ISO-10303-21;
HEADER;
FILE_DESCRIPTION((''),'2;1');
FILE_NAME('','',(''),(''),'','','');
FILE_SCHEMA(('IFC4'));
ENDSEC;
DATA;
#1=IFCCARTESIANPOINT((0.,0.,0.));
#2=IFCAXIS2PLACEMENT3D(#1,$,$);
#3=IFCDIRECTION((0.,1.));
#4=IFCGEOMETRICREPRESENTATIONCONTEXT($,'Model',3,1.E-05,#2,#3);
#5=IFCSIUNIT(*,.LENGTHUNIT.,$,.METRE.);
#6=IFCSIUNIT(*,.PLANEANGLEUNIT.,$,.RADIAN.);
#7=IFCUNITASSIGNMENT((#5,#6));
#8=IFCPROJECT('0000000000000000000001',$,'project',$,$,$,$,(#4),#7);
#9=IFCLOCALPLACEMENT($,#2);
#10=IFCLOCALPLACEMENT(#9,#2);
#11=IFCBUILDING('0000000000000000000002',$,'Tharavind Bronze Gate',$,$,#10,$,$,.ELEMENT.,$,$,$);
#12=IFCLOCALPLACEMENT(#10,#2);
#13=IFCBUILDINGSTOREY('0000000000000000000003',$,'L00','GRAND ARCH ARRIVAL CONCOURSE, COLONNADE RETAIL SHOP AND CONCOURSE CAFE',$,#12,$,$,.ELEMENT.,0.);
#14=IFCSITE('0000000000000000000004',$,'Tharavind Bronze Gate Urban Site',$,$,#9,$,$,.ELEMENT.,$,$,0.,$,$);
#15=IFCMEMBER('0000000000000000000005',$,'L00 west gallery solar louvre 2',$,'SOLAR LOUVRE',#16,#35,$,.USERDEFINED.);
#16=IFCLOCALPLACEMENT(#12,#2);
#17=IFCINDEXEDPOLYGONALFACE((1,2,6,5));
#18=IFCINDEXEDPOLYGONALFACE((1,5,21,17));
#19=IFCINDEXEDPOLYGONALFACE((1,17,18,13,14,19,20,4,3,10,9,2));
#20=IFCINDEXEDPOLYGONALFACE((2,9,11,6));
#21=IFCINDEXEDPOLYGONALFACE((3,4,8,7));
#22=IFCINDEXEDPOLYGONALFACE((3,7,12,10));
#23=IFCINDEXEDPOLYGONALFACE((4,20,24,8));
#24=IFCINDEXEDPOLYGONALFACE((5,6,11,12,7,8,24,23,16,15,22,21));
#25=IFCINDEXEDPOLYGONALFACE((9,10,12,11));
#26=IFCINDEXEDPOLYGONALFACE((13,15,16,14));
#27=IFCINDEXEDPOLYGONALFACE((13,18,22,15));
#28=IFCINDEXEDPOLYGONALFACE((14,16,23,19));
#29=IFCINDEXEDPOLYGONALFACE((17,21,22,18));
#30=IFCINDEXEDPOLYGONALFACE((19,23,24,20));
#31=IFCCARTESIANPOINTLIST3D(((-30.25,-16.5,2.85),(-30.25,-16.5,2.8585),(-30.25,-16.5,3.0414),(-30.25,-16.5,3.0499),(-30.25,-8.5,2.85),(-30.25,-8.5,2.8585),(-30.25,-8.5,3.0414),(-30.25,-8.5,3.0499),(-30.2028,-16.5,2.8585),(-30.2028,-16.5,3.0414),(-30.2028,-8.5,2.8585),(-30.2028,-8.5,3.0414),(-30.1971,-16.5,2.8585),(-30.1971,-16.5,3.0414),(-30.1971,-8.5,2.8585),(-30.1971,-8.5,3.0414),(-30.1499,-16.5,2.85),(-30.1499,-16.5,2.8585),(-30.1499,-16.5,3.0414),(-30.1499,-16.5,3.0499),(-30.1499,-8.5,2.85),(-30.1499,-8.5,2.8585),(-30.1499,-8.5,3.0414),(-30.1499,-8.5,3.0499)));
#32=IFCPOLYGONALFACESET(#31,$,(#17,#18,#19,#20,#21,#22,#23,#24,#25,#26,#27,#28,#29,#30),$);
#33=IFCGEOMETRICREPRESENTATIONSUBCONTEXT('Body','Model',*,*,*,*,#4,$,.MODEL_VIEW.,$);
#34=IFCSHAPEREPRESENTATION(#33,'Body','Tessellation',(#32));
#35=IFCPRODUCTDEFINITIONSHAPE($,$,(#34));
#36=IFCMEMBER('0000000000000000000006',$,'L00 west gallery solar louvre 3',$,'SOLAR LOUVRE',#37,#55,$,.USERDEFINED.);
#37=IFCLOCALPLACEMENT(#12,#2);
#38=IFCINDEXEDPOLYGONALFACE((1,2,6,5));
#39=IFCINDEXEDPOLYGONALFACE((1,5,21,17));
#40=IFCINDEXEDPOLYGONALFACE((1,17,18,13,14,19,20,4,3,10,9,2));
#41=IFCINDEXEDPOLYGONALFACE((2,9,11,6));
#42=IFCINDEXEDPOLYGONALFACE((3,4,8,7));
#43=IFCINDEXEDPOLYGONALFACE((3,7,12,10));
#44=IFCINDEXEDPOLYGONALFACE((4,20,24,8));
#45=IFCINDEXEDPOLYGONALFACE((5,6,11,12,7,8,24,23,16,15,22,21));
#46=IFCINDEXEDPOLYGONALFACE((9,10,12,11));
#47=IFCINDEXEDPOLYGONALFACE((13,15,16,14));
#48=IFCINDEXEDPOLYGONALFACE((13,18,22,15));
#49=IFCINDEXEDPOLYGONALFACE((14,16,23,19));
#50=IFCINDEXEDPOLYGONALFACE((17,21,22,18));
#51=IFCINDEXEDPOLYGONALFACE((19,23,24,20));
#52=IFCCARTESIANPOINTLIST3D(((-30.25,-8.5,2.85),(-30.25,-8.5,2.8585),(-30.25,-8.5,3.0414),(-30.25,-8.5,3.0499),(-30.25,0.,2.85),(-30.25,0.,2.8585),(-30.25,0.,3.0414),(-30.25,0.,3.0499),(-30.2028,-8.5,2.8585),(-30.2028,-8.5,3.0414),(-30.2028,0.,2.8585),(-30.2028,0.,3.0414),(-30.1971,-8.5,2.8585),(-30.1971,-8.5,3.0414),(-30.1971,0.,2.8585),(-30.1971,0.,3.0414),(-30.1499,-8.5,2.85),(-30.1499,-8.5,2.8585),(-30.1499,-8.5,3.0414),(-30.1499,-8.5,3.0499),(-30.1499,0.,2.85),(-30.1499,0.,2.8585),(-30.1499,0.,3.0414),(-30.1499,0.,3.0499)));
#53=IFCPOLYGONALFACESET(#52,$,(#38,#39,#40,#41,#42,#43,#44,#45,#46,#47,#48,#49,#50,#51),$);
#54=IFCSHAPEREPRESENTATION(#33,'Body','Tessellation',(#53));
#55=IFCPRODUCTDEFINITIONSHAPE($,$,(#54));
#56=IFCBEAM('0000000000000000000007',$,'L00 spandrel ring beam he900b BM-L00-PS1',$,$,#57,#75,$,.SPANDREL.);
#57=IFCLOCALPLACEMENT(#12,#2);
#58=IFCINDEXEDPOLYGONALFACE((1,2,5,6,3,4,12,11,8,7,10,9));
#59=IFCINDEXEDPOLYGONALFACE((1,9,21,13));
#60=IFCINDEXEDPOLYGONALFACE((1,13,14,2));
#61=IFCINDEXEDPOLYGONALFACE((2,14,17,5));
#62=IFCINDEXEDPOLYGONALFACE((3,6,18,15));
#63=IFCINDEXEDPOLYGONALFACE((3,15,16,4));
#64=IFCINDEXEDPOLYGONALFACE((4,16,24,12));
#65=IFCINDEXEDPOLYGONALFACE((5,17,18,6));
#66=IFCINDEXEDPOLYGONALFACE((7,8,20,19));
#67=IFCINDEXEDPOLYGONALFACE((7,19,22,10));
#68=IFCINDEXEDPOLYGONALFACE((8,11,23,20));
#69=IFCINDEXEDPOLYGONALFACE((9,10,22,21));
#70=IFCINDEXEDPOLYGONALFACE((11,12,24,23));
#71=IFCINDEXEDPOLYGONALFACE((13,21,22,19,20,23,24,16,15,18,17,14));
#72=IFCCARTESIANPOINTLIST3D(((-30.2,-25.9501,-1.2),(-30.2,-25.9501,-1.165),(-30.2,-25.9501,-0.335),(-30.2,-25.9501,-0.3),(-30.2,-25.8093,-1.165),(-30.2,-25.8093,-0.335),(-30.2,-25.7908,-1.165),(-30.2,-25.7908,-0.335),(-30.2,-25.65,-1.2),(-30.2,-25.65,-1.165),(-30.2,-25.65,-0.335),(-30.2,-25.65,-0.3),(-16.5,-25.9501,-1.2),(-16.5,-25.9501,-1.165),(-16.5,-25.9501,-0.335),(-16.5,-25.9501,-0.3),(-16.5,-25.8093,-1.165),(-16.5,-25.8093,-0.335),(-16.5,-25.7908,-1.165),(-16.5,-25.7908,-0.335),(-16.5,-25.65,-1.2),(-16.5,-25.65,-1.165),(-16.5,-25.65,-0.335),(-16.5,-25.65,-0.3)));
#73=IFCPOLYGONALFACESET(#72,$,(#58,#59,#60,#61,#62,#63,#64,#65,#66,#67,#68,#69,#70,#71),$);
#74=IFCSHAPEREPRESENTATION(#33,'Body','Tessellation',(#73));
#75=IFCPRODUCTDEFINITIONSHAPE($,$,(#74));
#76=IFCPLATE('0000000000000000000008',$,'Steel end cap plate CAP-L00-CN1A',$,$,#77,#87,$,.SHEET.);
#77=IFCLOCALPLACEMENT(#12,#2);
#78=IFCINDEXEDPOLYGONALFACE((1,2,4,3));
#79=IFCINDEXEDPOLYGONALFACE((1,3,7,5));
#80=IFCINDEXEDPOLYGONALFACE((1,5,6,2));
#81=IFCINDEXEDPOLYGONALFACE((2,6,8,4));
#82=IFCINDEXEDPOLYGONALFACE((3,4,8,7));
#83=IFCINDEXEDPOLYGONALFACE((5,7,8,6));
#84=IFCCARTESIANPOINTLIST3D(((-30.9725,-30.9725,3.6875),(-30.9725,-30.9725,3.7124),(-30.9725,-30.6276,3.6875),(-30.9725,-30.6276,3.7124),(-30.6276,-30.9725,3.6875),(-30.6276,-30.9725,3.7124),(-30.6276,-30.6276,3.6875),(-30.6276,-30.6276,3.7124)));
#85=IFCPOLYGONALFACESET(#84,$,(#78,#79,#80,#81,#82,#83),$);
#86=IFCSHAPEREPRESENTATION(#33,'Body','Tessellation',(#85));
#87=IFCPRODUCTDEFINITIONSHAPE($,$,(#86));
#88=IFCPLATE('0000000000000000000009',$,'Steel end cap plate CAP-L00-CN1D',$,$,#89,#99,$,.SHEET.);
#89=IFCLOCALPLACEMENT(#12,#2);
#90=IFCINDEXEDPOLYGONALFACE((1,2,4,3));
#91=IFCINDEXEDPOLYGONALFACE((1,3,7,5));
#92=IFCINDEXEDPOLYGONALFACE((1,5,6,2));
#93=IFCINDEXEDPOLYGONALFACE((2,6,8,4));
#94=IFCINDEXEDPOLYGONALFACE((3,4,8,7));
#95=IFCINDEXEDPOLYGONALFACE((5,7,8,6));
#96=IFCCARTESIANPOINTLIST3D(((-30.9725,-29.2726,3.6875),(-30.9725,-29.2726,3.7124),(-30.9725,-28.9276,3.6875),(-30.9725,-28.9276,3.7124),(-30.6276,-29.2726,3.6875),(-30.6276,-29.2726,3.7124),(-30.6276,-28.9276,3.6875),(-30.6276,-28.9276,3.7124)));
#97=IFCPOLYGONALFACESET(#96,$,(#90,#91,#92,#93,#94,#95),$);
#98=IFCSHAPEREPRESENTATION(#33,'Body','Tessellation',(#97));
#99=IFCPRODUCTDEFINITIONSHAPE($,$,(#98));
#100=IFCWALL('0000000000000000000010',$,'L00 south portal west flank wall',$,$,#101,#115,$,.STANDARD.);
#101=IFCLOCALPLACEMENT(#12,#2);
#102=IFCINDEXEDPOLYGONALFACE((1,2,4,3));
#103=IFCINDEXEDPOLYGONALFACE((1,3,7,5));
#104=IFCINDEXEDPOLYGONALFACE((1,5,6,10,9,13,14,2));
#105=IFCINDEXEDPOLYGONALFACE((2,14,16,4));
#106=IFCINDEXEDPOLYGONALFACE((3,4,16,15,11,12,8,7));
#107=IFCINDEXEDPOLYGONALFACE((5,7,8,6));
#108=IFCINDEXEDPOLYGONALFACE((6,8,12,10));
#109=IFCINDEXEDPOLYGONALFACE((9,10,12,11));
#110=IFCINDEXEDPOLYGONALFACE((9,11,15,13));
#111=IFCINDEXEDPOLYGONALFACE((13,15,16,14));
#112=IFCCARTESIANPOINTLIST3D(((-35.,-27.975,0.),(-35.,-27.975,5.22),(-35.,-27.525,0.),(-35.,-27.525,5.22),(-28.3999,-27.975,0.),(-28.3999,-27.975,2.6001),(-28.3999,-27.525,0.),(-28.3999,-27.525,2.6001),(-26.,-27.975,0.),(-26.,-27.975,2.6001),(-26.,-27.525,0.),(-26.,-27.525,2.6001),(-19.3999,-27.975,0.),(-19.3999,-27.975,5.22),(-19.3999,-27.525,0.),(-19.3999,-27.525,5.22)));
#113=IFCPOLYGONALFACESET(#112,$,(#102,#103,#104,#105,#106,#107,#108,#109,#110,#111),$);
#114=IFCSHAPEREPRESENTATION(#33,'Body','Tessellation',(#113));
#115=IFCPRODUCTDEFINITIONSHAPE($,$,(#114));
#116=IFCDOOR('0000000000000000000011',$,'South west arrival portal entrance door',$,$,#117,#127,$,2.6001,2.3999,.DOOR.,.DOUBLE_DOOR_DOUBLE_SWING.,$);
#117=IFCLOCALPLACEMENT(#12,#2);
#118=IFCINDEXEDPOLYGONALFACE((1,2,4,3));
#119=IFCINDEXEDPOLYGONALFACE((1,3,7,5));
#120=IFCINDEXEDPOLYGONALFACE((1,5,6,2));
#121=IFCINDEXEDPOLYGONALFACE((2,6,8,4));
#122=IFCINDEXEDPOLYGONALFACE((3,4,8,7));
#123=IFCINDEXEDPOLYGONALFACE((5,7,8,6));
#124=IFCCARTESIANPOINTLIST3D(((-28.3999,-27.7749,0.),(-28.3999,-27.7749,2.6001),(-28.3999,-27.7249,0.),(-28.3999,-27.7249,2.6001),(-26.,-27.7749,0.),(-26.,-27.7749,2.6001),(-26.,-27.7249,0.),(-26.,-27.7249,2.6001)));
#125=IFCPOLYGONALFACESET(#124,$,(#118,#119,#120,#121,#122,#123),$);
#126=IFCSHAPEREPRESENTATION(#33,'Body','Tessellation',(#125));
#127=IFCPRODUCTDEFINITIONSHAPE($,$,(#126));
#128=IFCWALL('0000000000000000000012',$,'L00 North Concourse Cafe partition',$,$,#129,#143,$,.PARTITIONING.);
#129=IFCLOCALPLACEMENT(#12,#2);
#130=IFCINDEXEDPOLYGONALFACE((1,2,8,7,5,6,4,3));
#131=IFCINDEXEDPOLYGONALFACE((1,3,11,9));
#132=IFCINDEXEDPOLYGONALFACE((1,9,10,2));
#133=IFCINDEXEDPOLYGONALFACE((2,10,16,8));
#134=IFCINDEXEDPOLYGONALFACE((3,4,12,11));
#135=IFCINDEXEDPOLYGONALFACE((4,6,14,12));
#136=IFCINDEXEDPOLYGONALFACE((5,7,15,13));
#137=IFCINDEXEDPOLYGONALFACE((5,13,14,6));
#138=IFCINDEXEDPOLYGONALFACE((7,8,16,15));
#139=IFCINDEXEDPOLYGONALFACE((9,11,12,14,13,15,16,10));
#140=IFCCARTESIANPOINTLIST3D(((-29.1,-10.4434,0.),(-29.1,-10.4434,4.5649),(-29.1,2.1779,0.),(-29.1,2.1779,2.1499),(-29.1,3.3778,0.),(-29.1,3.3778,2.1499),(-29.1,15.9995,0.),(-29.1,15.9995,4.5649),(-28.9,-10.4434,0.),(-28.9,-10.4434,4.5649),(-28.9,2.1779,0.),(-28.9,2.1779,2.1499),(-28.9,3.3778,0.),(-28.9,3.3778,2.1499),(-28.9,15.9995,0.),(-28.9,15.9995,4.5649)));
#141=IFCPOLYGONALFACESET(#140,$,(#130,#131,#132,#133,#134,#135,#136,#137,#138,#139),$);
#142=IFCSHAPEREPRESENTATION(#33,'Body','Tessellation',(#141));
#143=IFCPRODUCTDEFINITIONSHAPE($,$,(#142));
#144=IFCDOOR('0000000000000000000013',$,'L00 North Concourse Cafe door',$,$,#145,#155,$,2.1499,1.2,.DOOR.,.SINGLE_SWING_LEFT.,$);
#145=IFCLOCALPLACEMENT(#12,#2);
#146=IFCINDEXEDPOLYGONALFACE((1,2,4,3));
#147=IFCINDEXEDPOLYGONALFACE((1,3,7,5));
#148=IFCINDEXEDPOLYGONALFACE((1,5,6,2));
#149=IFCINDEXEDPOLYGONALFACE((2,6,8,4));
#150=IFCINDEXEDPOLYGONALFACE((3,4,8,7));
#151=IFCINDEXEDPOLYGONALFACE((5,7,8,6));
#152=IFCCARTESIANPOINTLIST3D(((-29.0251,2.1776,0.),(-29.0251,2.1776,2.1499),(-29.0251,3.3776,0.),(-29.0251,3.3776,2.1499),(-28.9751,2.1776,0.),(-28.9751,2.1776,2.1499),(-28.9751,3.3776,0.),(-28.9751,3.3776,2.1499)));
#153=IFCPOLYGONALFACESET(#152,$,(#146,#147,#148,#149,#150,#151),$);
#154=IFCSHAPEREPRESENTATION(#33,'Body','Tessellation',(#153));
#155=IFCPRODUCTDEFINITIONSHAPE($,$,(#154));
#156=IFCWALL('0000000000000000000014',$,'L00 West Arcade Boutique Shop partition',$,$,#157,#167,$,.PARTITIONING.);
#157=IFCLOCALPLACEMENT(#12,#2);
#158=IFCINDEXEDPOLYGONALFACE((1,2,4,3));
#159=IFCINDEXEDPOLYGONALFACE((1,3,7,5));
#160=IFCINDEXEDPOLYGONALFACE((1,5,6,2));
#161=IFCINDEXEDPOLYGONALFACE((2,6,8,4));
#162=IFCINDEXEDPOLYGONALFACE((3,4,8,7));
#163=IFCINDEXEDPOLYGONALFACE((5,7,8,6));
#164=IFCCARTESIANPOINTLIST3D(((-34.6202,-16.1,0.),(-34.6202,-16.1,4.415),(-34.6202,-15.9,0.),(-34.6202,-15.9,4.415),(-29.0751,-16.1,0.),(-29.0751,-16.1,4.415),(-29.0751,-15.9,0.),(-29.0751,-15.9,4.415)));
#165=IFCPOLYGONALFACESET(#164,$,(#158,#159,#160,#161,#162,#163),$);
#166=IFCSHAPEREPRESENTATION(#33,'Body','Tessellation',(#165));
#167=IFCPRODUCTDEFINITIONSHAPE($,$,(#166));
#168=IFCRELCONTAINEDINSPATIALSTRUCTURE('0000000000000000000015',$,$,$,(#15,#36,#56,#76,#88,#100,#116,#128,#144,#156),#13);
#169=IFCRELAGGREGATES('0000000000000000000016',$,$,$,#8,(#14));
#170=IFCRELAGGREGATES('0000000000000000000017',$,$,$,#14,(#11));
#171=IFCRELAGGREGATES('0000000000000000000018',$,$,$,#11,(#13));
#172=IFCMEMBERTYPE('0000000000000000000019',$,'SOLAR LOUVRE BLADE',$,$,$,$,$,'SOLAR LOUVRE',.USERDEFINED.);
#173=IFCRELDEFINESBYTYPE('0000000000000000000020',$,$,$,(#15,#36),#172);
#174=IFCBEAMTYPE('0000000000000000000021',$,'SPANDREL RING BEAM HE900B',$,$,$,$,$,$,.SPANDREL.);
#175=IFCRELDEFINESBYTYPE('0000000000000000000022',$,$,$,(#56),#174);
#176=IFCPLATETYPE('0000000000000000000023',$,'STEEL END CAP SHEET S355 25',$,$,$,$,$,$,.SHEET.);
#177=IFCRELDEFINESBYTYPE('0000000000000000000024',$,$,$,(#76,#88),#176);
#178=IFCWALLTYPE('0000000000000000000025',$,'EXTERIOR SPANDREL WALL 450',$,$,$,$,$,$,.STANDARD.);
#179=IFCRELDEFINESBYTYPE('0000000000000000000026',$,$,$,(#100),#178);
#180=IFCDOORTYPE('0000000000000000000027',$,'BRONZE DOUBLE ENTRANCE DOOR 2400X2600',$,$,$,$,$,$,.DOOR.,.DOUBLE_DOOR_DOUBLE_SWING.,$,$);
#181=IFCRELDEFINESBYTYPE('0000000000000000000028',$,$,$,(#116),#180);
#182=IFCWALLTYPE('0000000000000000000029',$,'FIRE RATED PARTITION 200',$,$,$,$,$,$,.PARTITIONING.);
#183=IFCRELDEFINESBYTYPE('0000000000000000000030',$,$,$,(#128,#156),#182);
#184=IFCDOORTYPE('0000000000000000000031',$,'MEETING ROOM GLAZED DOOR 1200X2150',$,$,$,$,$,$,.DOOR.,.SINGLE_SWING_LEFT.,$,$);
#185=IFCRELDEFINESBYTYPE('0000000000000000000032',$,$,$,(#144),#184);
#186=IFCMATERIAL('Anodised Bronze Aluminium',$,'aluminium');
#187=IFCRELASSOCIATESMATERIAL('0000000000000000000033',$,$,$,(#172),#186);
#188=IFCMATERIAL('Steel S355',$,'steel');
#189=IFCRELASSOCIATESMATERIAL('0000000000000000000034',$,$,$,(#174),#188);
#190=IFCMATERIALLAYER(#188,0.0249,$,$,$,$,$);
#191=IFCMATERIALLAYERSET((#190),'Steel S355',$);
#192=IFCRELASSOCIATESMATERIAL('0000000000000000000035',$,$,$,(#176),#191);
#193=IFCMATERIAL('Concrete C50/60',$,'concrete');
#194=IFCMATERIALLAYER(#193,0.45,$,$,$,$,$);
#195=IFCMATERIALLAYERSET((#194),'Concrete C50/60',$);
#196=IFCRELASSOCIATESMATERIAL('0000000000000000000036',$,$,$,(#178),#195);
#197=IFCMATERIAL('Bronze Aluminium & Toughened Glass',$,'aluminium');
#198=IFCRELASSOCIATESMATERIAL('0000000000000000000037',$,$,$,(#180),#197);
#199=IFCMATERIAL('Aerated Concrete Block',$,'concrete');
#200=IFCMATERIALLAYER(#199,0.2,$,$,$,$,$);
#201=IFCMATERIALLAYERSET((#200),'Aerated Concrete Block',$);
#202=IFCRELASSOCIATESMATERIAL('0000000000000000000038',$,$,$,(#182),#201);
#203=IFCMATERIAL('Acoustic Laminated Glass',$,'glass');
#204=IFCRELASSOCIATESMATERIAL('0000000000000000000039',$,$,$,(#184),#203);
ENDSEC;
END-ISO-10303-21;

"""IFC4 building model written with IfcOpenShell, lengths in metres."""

from ifc_helpers import new_model, si_unit, direction, frame, frame_2d, origin, origin_2d, place, context, subcontext, project, spatial, rectangle, i_section, extrude, material, layer, layer_set, material_profile, profile_set, type_object, element, fill, save


model = new_model("IFC4")

# Units and contexts
model_context = context("Model", 3, precision=1e-05, world=origin(), true_north=direction((0.0, 1.0)))
body_context = subcontext(model_context, "Body", "Model", "MODEL_VIEW")
ifc_project = project(units=[si_unit("LENGTHUNIT", "METRE"), si_unit("PLANEANGLEUNIT", "RADIAN")], contexts=[model_context])

# Site, building, storey
site_placement = place(None, origin())
site = spatial("IfcSite", under=ifc_project, at=site_placement, Name="Tharavind Bronze Gate Urban Site", CompositionType="ELEMENT", RefElevation=0.0)
building_placement = place(site_placement, origin())
building = spatial("IfcBuilding", under=site, at=building_placement, Name="Tharavind Bronze Gate", CompositionType="ELEMENT")
storey_placement = place(building_placement, origin())
storey = spatial("IfcBuildingStorey", under=building, at=storey_placement, Name="L00", Description="GRAND ARCH ARRIVAL CONCOURSE, COLONNADE RETAIL SHOP AND CONCOURSE CAFE", CompositionType="ELEMENT", Elevation=0.0)

# Shared definitions
ifc_material_1 = material(Name="Steel S355", Category="steel")

# Members
ifc_material_2 = material(Name="Anodised Bronze Aluminium", Category="aluminium")
ifc_material_profile_1 = material_profile(ifc_material_2, i_section(OverallWidth=0.1001, OverallDepth=0.2, WebThickness=0.0056, FlangeThickness=0.0085, at=origin_2d()), Name="IPE200")
ifc_profile_set_1 = profile_set([ifc_material_profile_1], Name="Anodised Bronze Aluminium")
member_type_1 = type_object("IfcMemberType", Name="SOLAR LOUVRE BLADE", ElementType="SOLAR LOUVRE", PredefinedType="USERDEFINED", material=ifc_profile_set_1)
member_1_placement = place(storey_placement, frame((-30.2, -16.5, 2.95), z_axis=(0.0, 1.0, 0.0), x_axis=(-1.0, 0.0, 0.0)))
element("IfcMember", 1, at=member_1_placement, inside=storey, type_object=member_type_1, Name="L00 west gallery solar louvre 2", ObjectType="SOLAR LOUVRE", PredefinedType="USERDEFINED", context=body_context, shape_type="SweptSolid", body=[
    extrude(i_section(OverallWidth=0.1001, OverallDepth=0.2, WebThickness=0.0056, FlangeThickness=0.0085, at=origin_2d()), origin(), (0.0, 0.0, 1.0), 8.0),
])
member_2_placement = place(storey_placement, frame((-30.2, -8.5, 2.95), z_axis=(0.0, 1.0, 0.0), x_axis=(-1.0, 0.0, 0.0)))
element("IfcMember", 2, at=member_2_placement, inside=storey, type_object=member_type_1, Name="L00 west gallery solar louvre 3", ObjectType="SOLAR LOUVRE", PredefinedType="USERDEFINED", context=body_context, shape_type="SweptSolid", body=[
    extrude(i_section(OverallWidth=0.1001, OverallDepth=0.2, WebThickness=0.0056, FlangeThickness=0.0085, at=origin_2d()), origin(), (0.0, 0.0, 1.0), 8.5),
])

# Beam
ifc_material_profile_2 = material_profile(ifc_material_1, i_section(OverallWidth=0.3, OverallDepth=0.8999, WebThickness=0.0186, FlangeThickness=0.0349, at=origin_2d()), Name="HE900B")
ifc_profile_set_2 = profile_set([ifc_material_profile_2], Name="Steel S355")
beam_type_1 = type_object("IfcBeamType", Name="SPANDREL RING BEAM HE900B", PredefinedType="SPANDREL", material=ifc_profile_set_2)
beam_1_placement = place(storey_placement, frame((-30.2, -25.8, -0.75), z_axis=(1.0, 0.0, 0.0), x_axis=(0.0, 1.0, 0.0)))
element("IfcBeam", 3, at=beam_1_placement, inside=storey, type_object=beam_type_1, Name="L00 spandrel ring beam he900b BM-L00-PS1", PredefinedType="SPANDREL", context=body_context, shape_type="SweptSolid", body=[
    extrude(i_section(OverallWidth=0.3, OverallDepth=0.8999, WebThickness=0.0186, FlangeThickness=0.0349, at=origin_2d()), origin(), (0.0, 0.0, 1.0), 13.7),
])

# Plates
ifc_layer_1 = layer(ifc_material_1, 0.0249)
ifc_layer_set_1 = layer_set([ifc_layer_1], Name="Steel S355")
plate_type = type_object("IfcPlateType", Name="STEEL END CAP SHEET S355 25", PredefinedType="SHEET", material=ifc_layer_set_1)
for number, where, z_axis, x_axis, name in (
    (4, (-30.8, -30.8, 3.6875), (0.0, 0.0, 1.0), (1.0, 0.0, 0.0), "Steel end cap plate CAP-L00-CN1A"),
    (5, (-30.8, -29.1001, 3.6875), (0.0, 0.0, 1.0), (1.0, 0.0, 0.0), "Steel end cap plate CAP-L00-CN1D"),
):
    element("IfcPlate", number, at=place(storey_placement, frame(where, z_axis=z_axis, x_axis=x_axis)), inside=storey, type_object=plate_type, Name=name, PredefinedType="SHEET", context=body_context, shape_type="SweptSolid", body=[
        extrude(rectangle(XDim=0.345, YDim=0.345, at=origin_2d()), origin(), (0.0, 0.0, 1.0), 0.0249),
    ])

# Walls, openings, doors
ifc_material_3 = material(Name="Concrete C50/60", Category="concrete")
ifc_layer_2 = layer(ifc_material_3, 0.45)
ifc_layer_set_2 = layer_set([ifc_layer_2], Name="Concrete C50/60")
wall_type_1 = type_object("IfcWallType", Name="EXTERIOR SPANDREL WALL 450", PredefinedType="STANDARD", material=ifc_layer_set_2)
wall_1_placement = place(storey_placement, frame((-35.0, -27.75, 0.0), z_axis=(0.0, 0.0, 1.0), x_axis=(1.0, 0.0, 0.0)))
wall_1 = element("IfcWall", 6, at=wall_1_placement, inside=storey, type_object=wall_type_1, Name="L00 south portal west flank wall", PredefinedType="STANDARD", context=body_context, shape_type="SweptSolid", body=[
    extrude(rectangle(XDim=15.6001, YDim=0.45, at=frame_2d((7.8, 0.0))), origin(), (0.0, 0.0, 1.0), 5.22),
])
opening_1_placement = place(wall_1_placement, frame((6.6001, 0.0, 0.0)))
opening_1 = element("IfcOpeningElement", 7, at=opening_1_placement, cuts=wall_1, PredefinedType="OPENING", context=body_context, shape_type="SweptSolid", body=[
    extrude(rectangle(XDim=2.3999, YDim=2.6001, at=frame_2d((1.2, 1.3))), frame((0.0, 0.2351, 0.0), z_axis=(0.0, -1.0, 0.0), x_axis=(1.0, 0.0, 0.0)), (0.0, 0.0, 1.0), 0.47),
])
ifc_material_4 = material(Name="Bronze Aluminium & Toughened Glass", Category="aluminium")
door_type_1 = type_object("IfcDoorType", Name="BRONZE DOUBLE ENTRANCE DOOR 2400X2600", OperationType="DOUBLE_DOOR_DOUBLE_SWING", PredefinedType="DOOR", material=ifc_material_4)
door_1_placement = place(opening_1_placement, frame((2.3999, 0.0, 0.0), z_axis=(0.0, 0.0, 1.0), x_axis=(-1.0, 0.0, 0.0)))
door_1 = element("IfcDoor", 8, at=door_1_placement, inside=storey, type_object=door_type_1, Name="South west arrival portal entrance door", OperationType="DOUBLE_DOOR_DOUBLE_SWING", OverallHeight=2.6001, OverallWidth=2.3999, PredefinedType="DOOR", context=body_context, shape_type="SweptSolid", body=[
    extrude(rectangle(XDim=2.3999, YDim=2.6001, at=frame_2d((1.2, 1.3))), frame((0.0, 0.0249, 0.0), z_axis=(0.0, -1.0, 0.0), x_axis=(1.0, 0.0, 0.0)), (0.0, 0.0, 1.0), 0.05),
])
fill(opening_1, door_1)
ifc_material_5 = material(Name="Aerated Concrete Block", Category="concrete")
ifc_layer_3 = layer(ifc_material_5, 0.2)
ifc_layer_set_3 = layer_set([ifc_layer_3], Name="Aerated Concrete Block")
wall_type_2 = type_object("IfcWallType", Name="FIRE RATED PARTITION 200", PredefinedType="PARTITIONING", material=ifc_layer_set_3)
wall_2_placement = place(storey_placement, frame((-29.0, -10.4434, 0.0), z_axis=(0.0, 0.0, 1.0), x_axis=(0.0, 1.0, 0.0)))
wall_2 = element("IfcWall", 9, at=wall_2_placement, inside=storey, type_object=wall_type_2, Name="L00 North Concourse Cafe partition", PredefinedType="PARTITIONING", context=body_context, shape_type="SweptSolid", body=[
    extrude(rectangle(XDim=26.4429, YDim=0.2, at=frame_2d((13.2214, 0.0))), origin(), (0.0, 0.0, 1.0), 4.5649),
])
opening_2_placement = place(wall_2_placement, frame((12.6211, 0.0, 0.0)))
opening_2 = element("IfcOpeningElement", 10, at=opening_2_placement, cuts=wall_2, PredefinedType="OPENING", context=body_context, shape_type="SweptSolid", body=[
    extrude(rectangle(XDim=1.2, YDim=2.1499, at=frame_2d((0.6001, 1.075))), frame((0.0, 0.1101, 0.0), z_axis=(0.0, -1.0, 0.0), x_axis=(1.0, 0.0, 0.0)), (0.0, 0.0, 1.0), 0.22),
])
ifc_material_6 = material(Name="Acoustic Laminated Glass", Category="glass")
door_type_2 = type_object("IfcDoorType", Name="MEETING ROOM GLAZED DOOR 1200X2150", OperationType="SINGLE_SWING_LEFT", PredefinedType="DOOR", material=ifc_material_6)
door_2_placement = place(opening_2_placement, frame((1.2, 0.0, 0.0), z_axis=(0.0, 0.0, 1.0), x_axis=(-1.0, 0.0, 0.0)))
door_2 = element("IfcDoor", 11, at=door_2_placement, inside=storey, type_object=door_type_2, Name="L00 North Concourse Cafe door", OperationType="SINGLE_SWING_LEFT", OverallHeight=2.1499, OverallWidth=1.2, PredefinedType="DOOR", context=body_context, shape_type="SweptSolid", body=[
    extrude(rectangle(XDim=1.2, YDim=2.1499, at=frame_2d((0.6001, 1.075))), frame((0.0, 0.0249, 0.0), z_axis=(0.0, -1.0, 0.0), x_axis=(1.0, 0.0, 0.0)), (0.0, 0.0, 1.0), 0.05),
])
fill(opening_2, door_2)

# Wall
wall_3_placement = place(storey_placement, frame((-34.6201, -16.0, 0.0), z_axis=(0.0, 0.0, 1.0), x_axis=(1.0, 0.0, 0.0)))
element("IfcWall", 12, at=wall_3_placement, inside=storey, type_object=wall_type_2, Name="L00 West Arcade Boutique Shop partition", PredefinedType="PARTITIONING", context=body_context, shape_type="SweptSolid", body=[
    extrude(rectangle(XDim=5.5452, YDim=0.2, at=frame_2d((2.7725, 0.0))), origin(), (0.0, 0.0, 1.0), 4.415),
])

save(model, "model.ifc")
